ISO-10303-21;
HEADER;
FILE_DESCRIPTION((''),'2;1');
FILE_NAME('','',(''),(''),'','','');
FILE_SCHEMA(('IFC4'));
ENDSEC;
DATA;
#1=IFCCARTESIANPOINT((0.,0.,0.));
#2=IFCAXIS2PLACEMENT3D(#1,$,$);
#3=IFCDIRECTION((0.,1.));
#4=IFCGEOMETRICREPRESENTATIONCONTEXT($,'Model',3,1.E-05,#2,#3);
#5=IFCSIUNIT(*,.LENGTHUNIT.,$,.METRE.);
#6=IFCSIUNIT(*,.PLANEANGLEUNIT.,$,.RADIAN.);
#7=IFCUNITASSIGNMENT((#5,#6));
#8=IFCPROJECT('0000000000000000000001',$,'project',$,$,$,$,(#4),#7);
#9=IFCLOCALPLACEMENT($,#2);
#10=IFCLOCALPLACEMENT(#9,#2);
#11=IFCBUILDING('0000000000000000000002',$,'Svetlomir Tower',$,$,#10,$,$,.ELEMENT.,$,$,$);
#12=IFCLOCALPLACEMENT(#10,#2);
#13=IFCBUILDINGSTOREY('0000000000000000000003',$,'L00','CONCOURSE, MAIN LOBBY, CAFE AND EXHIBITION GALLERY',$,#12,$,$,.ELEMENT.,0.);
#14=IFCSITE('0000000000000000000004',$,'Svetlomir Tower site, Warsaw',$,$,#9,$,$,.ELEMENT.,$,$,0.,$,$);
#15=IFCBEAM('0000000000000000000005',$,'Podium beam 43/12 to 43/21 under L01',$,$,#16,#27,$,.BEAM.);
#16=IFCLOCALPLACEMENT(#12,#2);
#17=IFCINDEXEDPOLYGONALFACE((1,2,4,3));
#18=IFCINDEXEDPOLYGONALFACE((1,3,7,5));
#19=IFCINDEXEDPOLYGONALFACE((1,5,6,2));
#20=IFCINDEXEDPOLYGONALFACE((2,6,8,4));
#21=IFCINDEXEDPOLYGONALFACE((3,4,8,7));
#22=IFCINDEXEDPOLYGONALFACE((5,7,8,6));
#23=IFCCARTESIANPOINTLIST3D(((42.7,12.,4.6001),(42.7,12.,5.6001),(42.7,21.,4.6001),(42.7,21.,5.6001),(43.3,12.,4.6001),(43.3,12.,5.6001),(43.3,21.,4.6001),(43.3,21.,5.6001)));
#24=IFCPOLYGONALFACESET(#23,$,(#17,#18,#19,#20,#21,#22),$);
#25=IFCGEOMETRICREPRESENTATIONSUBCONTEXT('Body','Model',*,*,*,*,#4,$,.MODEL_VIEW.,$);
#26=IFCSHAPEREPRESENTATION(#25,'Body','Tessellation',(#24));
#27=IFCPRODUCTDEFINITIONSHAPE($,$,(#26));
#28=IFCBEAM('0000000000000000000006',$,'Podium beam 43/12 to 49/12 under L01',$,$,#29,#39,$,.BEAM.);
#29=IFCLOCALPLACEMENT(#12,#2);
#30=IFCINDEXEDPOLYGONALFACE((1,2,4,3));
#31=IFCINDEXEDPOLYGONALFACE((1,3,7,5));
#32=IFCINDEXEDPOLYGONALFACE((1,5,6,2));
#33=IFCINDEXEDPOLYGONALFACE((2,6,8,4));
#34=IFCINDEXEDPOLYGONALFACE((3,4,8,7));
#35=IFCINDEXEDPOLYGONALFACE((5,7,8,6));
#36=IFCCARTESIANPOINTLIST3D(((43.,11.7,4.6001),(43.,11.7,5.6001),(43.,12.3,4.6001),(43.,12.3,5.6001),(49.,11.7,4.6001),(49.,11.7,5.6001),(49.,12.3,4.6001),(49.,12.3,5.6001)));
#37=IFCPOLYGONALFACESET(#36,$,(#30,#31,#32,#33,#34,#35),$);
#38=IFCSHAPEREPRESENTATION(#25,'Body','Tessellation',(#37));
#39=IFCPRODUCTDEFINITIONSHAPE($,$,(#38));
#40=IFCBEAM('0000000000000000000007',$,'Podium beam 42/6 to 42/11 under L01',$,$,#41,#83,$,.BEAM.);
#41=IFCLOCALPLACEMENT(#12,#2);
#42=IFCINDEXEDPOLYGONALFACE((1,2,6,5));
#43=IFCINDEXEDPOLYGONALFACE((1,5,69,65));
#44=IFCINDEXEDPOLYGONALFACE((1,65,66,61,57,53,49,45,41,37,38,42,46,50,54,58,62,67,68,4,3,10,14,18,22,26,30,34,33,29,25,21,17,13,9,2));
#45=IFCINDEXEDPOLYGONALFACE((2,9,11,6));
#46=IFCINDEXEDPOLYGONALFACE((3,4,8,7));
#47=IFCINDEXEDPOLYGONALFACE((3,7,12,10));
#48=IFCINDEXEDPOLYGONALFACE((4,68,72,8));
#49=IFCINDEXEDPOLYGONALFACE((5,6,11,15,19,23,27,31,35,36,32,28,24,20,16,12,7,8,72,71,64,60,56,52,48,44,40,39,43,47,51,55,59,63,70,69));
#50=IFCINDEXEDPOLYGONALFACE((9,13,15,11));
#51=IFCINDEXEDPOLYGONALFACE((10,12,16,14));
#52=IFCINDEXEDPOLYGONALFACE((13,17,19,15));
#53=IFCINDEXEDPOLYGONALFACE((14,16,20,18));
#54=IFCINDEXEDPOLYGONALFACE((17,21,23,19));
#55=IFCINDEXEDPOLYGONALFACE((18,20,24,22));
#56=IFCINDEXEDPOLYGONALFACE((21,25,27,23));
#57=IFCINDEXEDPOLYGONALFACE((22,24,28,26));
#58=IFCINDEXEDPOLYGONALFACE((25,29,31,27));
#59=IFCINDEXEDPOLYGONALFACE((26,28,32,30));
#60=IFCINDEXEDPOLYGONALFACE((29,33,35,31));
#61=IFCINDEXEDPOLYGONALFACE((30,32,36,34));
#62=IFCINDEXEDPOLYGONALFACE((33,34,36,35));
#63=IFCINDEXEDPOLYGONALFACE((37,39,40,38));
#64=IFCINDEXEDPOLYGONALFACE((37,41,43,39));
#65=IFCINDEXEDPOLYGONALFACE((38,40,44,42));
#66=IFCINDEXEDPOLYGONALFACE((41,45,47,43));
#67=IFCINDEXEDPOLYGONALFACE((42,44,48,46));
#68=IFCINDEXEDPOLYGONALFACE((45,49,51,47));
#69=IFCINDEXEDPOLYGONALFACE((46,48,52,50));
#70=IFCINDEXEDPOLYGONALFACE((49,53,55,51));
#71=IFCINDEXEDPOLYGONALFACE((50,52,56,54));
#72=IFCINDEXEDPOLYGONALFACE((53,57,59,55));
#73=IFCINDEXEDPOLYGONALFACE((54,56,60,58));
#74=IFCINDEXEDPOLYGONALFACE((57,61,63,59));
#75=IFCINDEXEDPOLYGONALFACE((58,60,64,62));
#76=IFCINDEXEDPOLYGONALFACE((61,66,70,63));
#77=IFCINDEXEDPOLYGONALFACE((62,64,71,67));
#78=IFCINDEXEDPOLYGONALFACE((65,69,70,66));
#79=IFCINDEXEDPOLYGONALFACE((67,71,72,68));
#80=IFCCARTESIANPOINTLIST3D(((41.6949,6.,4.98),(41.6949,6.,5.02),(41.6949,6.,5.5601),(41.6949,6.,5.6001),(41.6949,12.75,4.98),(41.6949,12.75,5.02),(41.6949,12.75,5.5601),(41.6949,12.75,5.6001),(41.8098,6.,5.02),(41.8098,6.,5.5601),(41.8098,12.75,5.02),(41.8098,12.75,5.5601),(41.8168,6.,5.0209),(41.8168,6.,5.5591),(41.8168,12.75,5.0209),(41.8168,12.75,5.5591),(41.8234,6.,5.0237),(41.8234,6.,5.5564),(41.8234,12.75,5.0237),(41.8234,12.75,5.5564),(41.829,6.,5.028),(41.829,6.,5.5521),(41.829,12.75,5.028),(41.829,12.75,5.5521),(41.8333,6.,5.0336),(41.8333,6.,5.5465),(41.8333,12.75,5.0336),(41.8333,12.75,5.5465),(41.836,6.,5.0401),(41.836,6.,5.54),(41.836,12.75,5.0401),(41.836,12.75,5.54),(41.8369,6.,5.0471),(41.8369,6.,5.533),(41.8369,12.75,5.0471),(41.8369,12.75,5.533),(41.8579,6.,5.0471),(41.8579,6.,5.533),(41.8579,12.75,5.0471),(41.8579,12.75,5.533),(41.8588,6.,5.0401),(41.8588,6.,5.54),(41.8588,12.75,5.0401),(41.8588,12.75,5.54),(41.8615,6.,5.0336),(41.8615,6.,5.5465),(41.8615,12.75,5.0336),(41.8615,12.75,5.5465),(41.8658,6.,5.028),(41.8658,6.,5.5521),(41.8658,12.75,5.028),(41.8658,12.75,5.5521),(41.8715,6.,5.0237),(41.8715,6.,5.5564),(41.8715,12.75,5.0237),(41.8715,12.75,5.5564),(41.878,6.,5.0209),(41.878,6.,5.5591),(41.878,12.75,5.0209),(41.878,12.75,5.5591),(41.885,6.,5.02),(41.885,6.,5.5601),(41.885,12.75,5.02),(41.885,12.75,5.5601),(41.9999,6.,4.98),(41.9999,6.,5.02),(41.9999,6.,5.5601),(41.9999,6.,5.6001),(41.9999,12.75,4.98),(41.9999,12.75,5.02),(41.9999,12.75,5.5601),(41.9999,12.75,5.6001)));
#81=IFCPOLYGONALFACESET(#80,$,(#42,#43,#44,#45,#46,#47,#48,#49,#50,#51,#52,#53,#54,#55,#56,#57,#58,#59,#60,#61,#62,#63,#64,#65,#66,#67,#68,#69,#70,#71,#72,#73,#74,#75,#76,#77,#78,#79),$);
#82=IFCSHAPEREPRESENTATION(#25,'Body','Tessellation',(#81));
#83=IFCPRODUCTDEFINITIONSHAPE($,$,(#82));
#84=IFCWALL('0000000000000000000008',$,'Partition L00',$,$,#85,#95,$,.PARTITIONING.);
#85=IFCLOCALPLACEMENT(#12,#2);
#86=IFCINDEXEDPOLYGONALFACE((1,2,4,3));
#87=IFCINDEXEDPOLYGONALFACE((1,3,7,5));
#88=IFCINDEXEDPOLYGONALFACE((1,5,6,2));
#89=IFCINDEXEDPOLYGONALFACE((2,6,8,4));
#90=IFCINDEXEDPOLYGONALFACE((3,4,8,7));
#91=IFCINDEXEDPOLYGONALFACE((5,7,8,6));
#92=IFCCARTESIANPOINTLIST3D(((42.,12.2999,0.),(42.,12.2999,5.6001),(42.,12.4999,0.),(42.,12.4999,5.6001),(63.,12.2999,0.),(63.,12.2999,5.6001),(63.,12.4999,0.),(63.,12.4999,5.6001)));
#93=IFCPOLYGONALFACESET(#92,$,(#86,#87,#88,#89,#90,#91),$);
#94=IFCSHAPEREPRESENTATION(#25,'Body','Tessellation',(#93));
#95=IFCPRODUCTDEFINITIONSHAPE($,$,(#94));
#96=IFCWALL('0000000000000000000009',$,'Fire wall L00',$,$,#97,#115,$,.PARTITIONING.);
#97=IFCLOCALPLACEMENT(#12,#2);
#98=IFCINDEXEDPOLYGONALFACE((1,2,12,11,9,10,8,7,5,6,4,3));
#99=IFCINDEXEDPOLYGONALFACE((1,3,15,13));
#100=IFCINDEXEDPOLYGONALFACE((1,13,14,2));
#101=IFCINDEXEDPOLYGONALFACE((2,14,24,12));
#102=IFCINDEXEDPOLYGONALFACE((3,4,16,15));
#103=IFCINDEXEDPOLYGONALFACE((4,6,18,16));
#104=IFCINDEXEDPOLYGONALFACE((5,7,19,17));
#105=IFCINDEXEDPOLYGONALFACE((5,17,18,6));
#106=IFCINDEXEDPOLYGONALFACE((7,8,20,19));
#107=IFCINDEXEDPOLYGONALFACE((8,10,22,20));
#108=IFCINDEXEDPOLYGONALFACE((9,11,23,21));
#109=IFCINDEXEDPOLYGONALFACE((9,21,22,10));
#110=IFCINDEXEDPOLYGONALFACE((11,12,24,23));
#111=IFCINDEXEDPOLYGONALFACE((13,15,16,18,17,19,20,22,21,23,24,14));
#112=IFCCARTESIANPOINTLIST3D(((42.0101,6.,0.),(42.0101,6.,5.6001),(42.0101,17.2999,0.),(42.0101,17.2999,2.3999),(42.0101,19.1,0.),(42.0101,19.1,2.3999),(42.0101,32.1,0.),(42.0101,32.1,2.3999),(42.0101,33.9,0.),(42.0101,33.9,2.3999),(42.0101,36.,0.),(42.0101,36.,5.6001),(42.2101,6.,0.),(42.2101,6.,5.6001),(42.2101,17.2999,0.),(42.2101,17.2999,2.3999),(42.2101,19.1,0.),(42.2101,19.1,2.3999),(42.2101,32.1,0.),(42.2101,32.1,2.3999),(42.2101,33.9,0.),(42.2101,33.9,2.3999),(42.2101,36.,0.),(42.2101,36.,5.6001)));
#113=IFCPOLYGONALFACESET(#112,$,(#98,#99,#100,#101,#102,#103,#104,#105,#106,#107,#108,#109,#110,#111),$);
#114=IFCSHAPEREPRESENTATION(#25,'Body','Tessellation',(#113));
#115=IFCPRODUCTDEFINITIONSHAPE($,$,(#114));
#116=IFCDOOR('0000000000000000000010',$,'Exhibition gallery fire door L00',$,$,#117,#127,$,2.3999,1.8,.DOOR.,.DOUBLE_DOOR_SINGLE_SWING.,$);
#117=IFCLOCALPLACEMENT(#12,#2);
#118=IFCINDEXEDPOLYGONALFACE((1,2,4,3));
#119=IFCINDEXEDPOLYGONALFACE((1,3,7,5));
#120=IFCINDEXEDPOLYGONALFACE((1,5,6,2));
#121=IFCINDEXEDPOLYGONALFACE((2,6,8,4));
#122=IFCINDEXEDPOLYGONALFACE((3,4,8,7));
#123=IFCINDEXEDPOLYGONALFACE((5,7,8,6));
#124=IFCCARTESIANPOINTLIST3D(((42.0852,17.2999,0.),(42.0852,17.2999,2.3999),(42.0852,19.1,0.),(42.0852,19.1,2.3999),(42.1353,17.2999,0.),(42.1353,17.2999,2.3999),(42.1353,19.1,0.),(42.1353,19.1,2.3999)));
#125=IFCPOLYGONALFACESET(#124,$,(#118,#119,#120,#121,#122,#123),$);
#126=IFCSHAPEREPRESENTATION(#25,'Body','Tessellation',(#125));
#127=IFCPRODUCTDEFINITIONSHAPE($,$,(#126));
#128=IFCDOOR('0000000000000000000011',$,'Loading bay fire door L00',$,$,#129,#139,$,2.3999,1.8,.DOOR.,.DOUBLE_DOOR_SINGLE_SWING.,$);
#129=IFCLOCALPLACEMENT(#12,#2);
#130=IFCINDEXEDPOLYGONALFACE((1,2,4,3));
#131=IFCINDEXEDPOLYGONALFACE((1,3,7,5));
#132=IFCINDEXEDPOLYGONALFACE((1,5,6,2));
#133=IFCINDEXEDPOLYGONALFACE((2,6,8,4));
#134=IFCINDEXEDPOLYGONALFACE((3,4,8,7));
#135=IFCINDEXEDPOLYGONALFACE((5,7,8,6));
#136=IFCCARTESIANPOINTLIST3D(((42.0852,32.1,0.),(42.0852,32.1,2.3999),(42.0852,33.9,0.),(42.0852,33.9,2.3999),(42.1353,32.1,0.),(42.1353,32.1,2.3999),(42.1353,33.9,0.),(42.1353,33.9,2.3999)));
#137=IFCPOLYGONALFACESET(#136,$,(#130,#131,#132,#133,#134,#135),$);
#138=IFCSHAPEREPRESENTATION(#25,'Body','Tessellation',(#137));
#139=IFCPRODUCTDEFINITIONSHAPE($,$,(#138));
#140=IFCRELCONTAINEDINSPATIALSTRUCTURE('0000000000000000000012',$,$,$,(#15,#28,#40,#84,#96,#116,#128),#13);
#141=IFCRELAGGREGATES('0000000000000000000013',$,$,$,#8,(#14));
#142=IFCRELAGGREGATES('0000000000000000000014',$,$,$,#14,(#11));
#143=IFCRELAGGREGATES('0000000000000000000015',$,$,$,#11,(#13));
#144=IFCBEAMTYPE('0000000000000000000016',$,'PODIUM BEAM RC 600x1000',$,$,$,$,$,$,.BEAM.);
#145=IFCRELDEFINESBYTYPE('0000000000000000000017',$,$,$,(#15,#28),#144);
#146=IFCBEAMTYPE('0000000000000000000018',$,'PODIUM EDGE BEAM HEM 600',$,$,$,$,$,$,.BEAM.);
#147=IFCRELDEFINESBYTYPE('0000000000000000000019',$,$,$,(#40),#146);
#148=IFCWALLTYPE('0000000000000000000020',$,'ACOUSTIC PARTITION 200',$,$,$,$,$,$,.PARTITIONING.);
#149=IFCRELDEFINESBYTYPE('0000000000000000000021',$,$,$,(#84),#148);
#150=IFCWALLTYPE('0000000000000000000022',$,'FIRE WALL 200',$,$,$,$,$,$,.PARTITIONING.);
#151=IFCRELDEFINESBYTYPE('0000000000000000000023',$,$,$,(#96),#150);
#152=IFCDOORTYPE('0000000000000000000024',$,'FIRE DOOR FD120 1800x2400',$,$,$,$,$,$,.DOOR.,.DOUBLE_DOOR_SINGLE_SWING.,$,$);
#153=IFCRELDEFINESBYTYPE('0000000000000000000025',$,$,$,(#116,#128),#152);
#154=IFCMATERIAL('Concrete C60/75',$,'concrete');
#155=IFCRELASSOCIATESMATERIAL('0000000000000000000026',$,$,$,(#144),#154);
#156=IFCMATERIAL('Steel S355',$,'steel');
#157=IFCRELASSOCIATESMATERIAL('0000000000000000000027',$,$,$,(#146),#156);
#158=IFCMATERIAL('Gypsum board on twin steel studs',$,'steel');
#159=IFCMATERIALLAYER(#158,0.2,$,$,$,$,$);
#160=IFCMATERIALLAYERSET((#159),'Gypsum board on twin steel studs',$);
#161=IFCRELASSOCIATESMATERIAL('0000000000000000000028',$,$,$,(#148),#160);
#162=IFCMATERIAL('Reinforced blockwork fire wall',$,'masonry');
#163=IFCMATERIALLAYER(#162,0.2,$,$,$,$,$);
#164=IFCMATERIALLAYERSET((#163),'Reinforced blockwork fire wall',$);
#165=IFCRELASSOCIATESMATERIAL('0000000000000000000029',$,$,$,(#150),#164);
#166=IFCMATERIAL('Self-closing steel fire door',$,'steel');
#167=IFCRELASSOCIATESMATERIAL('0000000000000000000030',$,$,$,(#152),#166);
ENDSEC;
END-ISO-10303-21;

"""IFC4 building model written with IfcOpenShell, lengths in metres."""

from ifc_helpers import new_model, si_unit, direction, frame, frame_2d, origin, origin_2d, place, context, subcontext, project, spatial, rectangle, i_section, extrude, material, layer, layer_set, material_profile, profile_set, type_object, element, fill, save


model = new_model("IFC4")

# Units and contexts
model_context = context("Model", 3, precision=1e-05, world=origin(), true_north=direction((0.0, 1.0)))
body_context = subcontext(model_context, "Body", "Model", "MODEL_VIEW")
ifc_project = project(units=[si_unit("LENGTHUNIT", "METRE"), si_unit("PLANEANGLEUNIT", "RADIAN")], contexts=[model_context])

# Site, building, storey
site_placement = place(None, origin())
site = spatial("IfcSite", under=ifc_project, at=site_placement, Name="Svetlomir Tower site, Warsaw", CompositionType="ELEMENT", RefElevation=0.0)
building_placement = place(site_placement, origin())
building = spatial("IfcBuilding", under=site, at=building_placement, Name="Svetlomir Tower", CompositionType="ELEMENT")
storey_placement = place(building_placement, origin())
storey = spatial("IfcBuildingStorey", under=building, at=storey_placement, Name="L00", Description="CONCOURSE, MAIN LOBBY, CAFE AND EXHIBITION GALLERY", CompositionType="ELEMENT", Elevation=0.0)

# Beams
ifc_material_1 = material(Name="Concrete C60/75", Category="concrete")
ifc_material_profile_1 = material_profile(ifc_material_1, rectangle(XDim=0.6001, YDim=1.0, at=origin_2d()), Name="RC 600x1000")
ifc_profile_set_1 = profile_set([ifc_material_profile_1], Name="Concrete C60/75")
beam_type_1 = type_object("IfcBeamType", Name="PODIUM BEAM RC 600x1000", PredefinedType="BEAM", material=ifc_profile_set_1)
beam_1_placement = place(storey_placement, frame((43.0, 12.0, 5.1001), z_axis=(0.0, 1.0, 0.0), x_axis=(-1.0, 0.0, 0.0)))
element("IfcBeam", 1, at=beam_1_placement, inside=storey, type_object=beam_type_1, Name="Podium beam 43/12 to 43/21 under L01", PredefinedType="BEAM", context=body_context, shape_type="SweptSolid", body=[
    extrude(rectangle(XDim=0.6001, YDim=1.0, at=origin_2d()), origin(), (0.0, 0.0, 1.0), 9.0),
])
beam_2_placement = place(storey_placement, frame((43.0, 12.0, 5.1001), z_axis=(1.0, 0.0, 0.0), x_axis=(0.0, 1.0, 0.0)))
element("IfcBeam", 2, at=beam_2_placement, inside=storey, type_object=beam_type_1, Name="Podium beam 43/12 to 49/12 under L01", PredefinedType="BEAM", context=body_context, shape_type="SweptSolid", body=[
    extrude(rectangle(XDim=0.6001, YDim=1.0, at=origin_2d()), origin(), (0.0, 0.0, 1.0), 6.0),
])
ifc_material_2 = material(Name="Steel S355", Category="steel")
ifc_material_profile_2 = material_profile(ifc_material_2, i_section(OverallWidth=0.3049, OverallDepth=0.6201, WebThickness=0.021, FlangeThickness=0.04, FilletRadius=0.0271, at=origin_2d()), Name="HEM 600")
ifc_profile_set_2 = profile_set([ifc_material_profile_2], Name="Steel S355")
beam_type_2 = type_object("IfcBeamType", Name="PODIUM EDGE BEAM HEM 600", PredefinedType="BEAM", material=ifc_profile_set_2)
beam_3_placement = place(storey_placement, frame((41.8474, 6.0, 5.29), z_axis=(0.0, 1.0, 0.0), x_axis=(-1.0, 0.0, 0.0)))
element("IfcBeam", 3, at=beam_3_placement, inside=storey, type_object=beam_type_2, Name="Podium beam 42/6 to 42/11 under L01", PredefinedType="BEAM", context=body_context, shape_type="SweptSolid", body=[
    extrude(i_section(OverallWidth=0.3049, OverallDepth=0.6201, WebThickness=0.021, FlangeThickness=0.04, FilletRadius=0.0271, at=origin_2d()), origin(), (0.0, 0.0, 1.0), 6.75),
])

# Wall
ifc_material_3 = material(Name="Gypsum board on twin steel studs", Category="steel")
ifc_layer_1 = layer(ifc_material_3, 0.2)
ifc_layer_set_1 = layer_set([ifc_layer_1], Name="Gypsum board on twin steel studs")
wall_type_1 = type_object("IfcWallType", Name="ACOUSTIC PARTITION 200", PredefinedType="PARTITIONING", material=ifc_layer_set_1)
wall_1_placement = place(storey_placement, frame((42.0, 12.3999, 0.0), z_axis=(0.0, 0.0, 1.0), x_axis=(1.0, 0.0, 0.0)))
element("IfcWall", 4, at=wall_1_placement, inside=storey, type_object=wall_type_1, Name="Partition L00", PredefinedType="PARTITIONING", context=body_context, shape_type="SweptSolid", body=[
    extrude(rectangle(XDim=21.0, YDim=0.2, at=frame_2d((10.5, 0.0))), origin(), (0.0, 0.0, 1.0), 5.6001),
])

# Wall, openings, doors
ifc_material_4 = material(Name="Reinforced blockwork fire wall", Category="masonry")
ifc_layer_2 = layer(ifc_material_4, 0.2)
ifc_layer_set_2 = layer_set([ifc_layer_2], Name="Reinforced blockwork fire wall")
wall_type_2 = type_object("IfcWallType", Name="FIRE WALL 200", PredefinedType="PARTITIONING", material=ifc_layer_set_2)
wall_2_placement = place(storey_placement, frame((42.1101, 6.0, 0.0), z_axis=(0.0, 0.0, 1.0), x_axis=(0.0, 1.0, 0.0)))
wall_2 = element("IfcWall", 5, at=wall_2_placement, inside=storey, type_object=wall_type_2, Name="Fire wall L00", PredefinedType="PARTITIONING", context=body_context, shape_type="SweptSolid", body=[
    extrude(rectangle(XDim=30.0, YDim=0.2, at=frame_2d((15.0, 0.0))), origin(), (0.0, 0.0, 1.0), 5.6001),
])
opening_1_placement = place(wall_2_placement, frame((11.3, 0.0, 0.0)))
opening_1 = element("IfcOpeningElement", 6, at=opening_1_placement, cuts=wall_2, PredefinedType="OPENING", context=body_context, shape_type="SweptSolid", body=[
    extrude(rectangle(XDim=1.8, YDim=2.3999, at=frame_2d((0.8999, 1.2))), frame((0.0, 0.1099, 0.0), z_axis=(0.0, -1.0, 0.0), x_axis=(1.0, 0.0, 0.0)), (0.0, 0.0, 1.0), 0.22),
])
opening_2_placement = place(wall_2_placement, frame((26.1001, 0.0, 0.0)))
opening_2 = element("IfcOpeningElement", 7, at=opening_2_placement, cuts=wall_2, PredefinedType="OPENING", context=body_context, shape_type="SweptSolid", body=[
    extrude(rectangle(XDim=1.8, YDim=2.3999, at=frame_2d((0.8999, 1.2))), frame((0.0, 0.1099, 0.0), z_axis=(0.0, -1.0, 0.0), x_axis=(1.0, 0.0, 0.0)), (0.0, 0.0, 1.0), 0.22),
])
ifc_material_5 = material(Name="Self-closing steel fire door", Category="steel")
door_type = type_object("IfcDoorType", Name="FIRE DOOR FD120 1800x2400", OperationType="DOUBLE_DOOR_SINGLE_SWING", PredefinedType="DOOR", material=ifc_material_5)
door_1_placement = place(opening_1_placement, origin())
door_1 = element("IfcDoor", 8, at=door_1_placement, inside=storey, type_object=door_type, Name="Exhibition gallery fire door L00", OperationType="DOUBLE_DOOR_SINGLE_SWING", OverallHeight=2.3999, OverallWidth=1.8, PredefinedType="DOOR", context=body_context, shape_type="SweptSolid", body=[
    extrude(rectangle(XDim=1.8, YDim=2.3999, at=frame_2d((0.8999, 1.2))), frame((0.0, 0.0249, 0.0), z_axis=(0.0, -1.0, 0.0), x_axis=(1.0, 0.0, 0.0)), (0.0, 0.0, 1.0), 0.05),
])
fill(opening_1, door_1)
door_2_placement = place(opening_2_placement, origin())
door_2 = element("IfcDoor", 9, at=door_2_placement, inside=storey, type_object=door_type, Name="Loading bay fire door L00", OperationType="DOUBLE_DOOR_SINGLE_SWING", OverallHeight=2.3999, OverallWidth=1.8, PredefinedType="DOOR", context=body_context, shape_type="SweptSolid", body=[
    extrude(rectangle(XDim=1.8, YDim=2.3999, at=frame_2d((0.8999, 1.2))), frame((0.0, 0.0249, 0.0), z_axis=(0.0, -1.0, 0.0), x_axis=(1.0, 0.0, 0.0)), (0.0, 0.0, 1.0), 0.05),
])
fill(opening_2, door_2)

save(model, "model.ifc")
